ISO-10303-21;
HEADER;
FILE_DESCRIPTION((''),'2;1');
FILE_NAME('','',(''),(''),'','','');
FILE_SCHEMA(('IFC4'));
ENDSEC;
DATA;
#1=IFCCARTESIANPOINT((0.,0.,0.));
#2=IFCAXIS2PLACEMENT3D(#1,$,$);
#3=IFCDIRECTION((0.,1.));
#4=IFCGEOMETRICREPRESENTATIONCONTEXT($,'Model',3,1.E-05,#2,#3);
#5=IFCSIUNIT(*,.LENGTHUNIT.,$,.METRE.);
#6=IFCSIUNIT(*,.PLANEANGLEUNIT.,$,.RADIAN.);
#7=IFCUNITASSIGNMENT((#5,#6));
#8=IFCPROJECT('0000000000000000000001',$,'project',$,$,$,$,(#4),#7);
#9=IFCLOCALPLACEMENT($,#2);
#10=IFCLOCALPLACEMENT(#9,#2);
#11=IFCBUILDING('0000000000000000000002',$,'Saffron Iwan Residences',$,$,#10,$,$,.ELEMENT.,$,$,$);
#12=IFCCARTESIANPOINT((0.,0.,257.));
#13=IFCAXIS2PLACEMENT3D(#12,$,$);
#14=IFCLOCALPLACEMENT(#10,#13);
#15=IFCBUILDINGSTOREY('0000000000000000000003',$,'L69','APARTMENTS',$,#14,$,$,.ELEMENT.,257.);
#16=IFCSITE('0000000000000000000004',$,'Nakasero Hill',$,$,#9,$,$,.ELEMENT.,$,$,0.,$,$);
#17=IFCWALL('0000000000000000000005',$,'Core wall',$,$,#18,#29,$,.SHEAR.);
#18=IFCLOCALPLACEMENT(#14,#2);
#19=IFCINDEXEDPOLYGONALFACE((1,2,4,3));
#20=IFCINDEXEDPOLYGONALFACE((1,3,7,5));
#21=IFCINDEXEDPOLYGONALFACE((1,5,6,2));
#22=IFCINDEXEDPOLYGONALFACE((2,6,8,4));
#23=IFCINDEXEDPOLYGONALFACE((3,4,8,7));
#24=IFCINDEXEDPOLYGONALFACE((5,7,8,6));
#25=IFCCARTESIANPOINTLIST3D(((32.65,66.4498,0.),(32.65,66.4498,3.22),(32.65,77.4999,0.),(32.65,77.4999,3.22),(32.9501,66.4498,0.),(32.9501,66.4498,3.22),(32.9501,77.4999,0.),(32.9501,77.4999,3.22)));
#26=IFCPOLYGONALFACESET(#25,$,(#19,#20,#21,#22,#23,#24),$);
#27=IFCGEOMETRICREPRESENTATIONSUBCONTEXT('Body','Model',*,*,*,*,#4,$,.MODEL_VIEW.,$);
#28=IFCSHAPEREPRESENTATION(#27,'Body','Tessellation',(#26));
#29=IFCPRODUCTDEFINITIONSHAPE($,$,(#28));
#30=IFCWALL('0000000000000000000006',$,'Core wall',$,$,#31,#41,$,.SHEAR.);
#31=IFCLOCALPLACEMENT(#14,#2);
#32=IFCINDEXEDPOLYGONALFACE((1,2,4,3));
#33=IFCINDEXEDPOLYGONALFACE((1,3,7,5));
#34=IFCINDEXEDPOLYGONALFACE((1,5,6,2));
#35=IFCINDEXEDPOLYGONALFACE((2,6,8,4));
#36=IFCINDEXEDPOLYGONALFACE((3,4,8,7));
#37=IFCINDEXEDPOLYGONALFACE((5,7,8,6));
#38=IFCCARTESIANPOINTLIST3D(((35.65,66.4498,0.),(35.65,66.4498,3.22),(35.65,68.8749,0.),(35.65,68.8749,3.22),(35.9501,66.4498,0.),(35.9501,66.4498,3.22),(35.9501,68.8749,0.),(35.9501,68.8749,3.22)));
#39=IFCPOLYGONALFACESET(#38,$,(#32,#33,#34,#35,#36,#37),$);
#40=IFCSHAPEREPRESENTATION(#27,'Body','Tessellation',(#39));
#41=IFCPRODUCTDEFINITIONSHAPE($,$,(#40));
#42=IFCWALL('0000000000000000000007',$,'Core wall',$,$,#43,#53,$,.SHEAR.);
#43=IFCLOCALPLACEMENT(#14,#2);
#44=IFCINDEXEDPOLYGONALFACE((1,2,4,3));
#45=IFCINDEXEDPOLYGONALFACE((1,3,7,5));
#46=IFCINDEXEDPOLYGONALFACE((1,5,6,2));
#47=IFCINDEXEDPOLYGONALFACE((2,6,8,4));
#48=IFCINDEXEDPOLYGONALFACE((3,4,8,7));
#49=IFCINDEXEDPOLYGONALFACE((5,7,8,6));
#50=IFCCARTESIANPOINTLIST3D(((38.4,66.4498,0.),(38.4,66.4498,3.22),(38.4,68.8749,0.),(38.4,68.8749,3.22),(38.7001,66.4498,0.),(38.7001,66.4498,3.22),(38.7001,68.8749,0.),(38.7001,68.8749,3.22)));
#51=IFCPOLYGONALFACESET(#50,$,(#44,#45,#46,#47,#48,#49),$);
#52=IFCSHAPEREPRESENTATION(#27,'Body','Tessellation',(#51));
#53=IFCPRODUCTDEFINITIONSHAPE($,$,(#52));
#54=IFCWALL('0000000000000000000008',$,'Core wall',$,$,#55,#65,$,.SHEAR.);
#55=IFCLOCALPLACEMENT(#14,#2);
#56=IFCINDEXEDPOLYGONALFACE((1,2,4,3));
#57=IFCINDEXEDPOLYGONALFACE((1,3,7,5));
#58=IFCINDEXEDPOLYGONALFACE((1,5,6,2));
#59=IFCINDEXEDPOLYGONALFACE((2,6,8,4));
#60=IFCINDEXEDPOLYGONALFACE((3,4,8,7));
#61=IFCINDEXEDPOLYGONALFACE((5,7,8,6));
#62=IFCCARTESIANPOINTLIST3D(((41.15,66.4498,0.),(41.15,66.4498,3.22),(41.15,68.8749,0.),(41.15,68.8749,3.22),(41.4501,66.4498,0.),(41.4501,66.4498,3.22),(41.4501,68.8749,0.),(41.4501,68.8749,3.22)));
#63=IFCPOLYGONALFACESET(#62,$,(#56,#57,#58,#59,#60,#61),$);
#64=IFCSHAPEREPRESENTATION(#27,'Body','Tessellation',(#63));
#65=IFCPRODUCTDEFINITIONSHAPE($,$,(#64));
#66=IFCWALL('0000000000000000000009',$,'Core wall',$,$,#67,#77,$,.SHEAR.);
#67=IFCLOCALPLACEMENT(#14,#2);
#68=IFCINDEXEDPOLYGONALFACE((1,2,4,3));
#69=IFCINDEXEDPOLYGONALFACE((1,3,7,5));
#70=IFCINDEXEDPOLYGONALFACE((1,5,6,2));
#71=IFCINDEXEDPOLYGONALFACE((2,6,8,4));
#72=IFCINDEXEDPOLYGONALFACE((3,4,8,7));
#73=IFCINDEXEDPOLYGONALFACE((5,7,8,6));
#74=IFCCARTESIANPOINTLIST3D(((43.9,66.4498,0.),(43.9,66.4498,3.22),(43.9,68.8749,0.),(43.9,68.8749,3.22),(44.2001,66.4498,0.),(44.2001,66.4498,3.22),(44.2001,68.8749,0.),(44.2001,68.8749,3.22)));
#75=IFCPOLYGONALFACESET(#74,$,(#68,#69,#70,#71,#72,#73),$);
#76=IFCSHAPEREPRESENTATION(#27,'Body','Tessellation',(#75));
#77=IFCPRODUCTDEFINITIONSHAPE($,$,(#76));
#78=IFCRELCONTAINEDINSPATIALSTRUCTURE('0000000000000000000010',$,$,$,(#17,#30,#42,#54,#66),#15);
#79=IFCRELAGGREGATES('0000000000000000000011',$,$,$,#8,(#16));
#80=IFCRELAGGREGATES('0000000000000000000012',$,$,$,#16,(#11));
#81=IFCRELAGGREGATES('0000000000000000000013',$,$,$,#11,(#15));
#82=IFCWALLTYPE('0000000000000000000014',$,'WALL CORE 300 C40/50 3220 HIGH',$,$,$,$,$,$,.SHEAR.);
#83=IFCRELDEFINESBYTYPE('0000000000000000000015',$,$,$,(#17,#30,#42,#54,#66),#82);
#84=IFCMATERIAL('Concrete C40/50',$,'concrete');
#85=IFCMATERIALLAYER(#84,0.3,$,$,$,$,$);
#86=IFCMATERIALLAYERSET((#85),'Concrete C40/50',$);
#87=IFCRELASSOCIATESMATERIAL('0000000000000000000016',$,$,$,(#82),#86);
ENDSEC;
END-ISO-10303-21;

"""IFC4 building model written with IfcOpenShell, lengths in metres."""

from ifc_helpers import new_model, si_unit, direction, frame, frame_2d, origin, place, context, subcontext, project, spatial, rectangle, extrude, material, layer, layer_set, type_object, element, save


model = new_model("IFC4")

# Units and contexts
model_context = context("Model", 3, precision=1e-05, world=origin(), true_north=direction((0.0, 1.0)))
body_context = subcontext(model_context, "Body", "Model", "MODEL_VIEW")
ifc_project = project(units=[si_unit("LENGTHUNIT", "METRE"), si_unit("PLANEANGLEUNIT", "RADIAN")], contexts=[model_context])

# Site, building, storey
site_placement = place(None, origin())
site = spatial("IfcSite", under=ifc_project, at=site_placement, Name="Nakasero Hill", CompositionType="ELEMENT", RefElevation=0.0)
building_placement = place(site_placement, origin())
building = spatial("IfcBuilding", under=site, at=building_placement, Name="Saffron Iwan Residences", CompositionType="ELEMENT")
storey_placement = place(building_placement, frame((0.0, 0.0, 257.0)))
storey = spatial("IfcBuildingStorey", under=building, at=storey_placement, Name="L69", Description="APARTMENTS", CompositionType="ELEMENT", Elevation=257.0)

# Shared definitions
ifc_material_1 = material(Name="Concrete C40/50", Category="concrete")
ifc_layer_1 = layer(ifc_material_1, 0.3)
ifc_layer_set_1 = layer_set([ifc_layer_1], Name="Concrete C40/50")
wall_type_1 = type_object("IfcWallType", Name="WALL CORE 300 C40/50 3220 HIGH", PredefinedType="SHEAR", material=ifc_layer_set_1)

# Walls
wall_1_placement = place(storey_placement, frame((32.8, 66.45, 0.0), z_axis=(0.0, 0.0, 1.0), x_axis=(0.0, 1.0, 0.0)))
element("IfcWall", 1, at=wall_1_placement, inside=storey, type_object=wall_type_1, Name="Core wall", PredefinedType="SHEAR", context=body_context, shape_type="SweptSolid", body=[
    extrude(rectangle(XDim=11.05, YDim=0.3, at=frame_2d((5.5249, 0.0))), origin(), (0.0, 0.0, 1.0), 3.22),
])
for number, where, z_axis, x_axis, name in (
    (2, (35.8, 66.45, 0.0), (0.0, 0.0, 1.0), (0.0, 1.0, 0.0), "Core wall"),
    (3, (38.55, 66.45, 0.0), (0.0, 0.0, 1.0), (0.0, 1.0, 0.0), "Core wall"),
    (4, (41.3, 66.45, 0.0), (0.0, 0.0, 1.0), (0.0, 1.0, 0.0), "Core wall"),
    (5, (44.05, 66.45, 0.0), (0.0, 0.0, 1.0), (0.0, 1.0, 0.0), "Core wall"),
):
    element("IfcWall", number, at=place(storey_placement, frame(where, z_axis=z_axis, x_axis=x_axis)), inside=storey, type_object=wall_type_1, Name=name, PredefinedType="SHEAR", context=body_context, shape_type="SweptSolid", body=[
        extrude(rectangle(XDim=2.425, YDim=0.3, at=frame_2d((1.2124, 0.0))), origin(), (0.0, 0.0, 1.0), 3.22),
    ])

save(model, "model.ifc")
